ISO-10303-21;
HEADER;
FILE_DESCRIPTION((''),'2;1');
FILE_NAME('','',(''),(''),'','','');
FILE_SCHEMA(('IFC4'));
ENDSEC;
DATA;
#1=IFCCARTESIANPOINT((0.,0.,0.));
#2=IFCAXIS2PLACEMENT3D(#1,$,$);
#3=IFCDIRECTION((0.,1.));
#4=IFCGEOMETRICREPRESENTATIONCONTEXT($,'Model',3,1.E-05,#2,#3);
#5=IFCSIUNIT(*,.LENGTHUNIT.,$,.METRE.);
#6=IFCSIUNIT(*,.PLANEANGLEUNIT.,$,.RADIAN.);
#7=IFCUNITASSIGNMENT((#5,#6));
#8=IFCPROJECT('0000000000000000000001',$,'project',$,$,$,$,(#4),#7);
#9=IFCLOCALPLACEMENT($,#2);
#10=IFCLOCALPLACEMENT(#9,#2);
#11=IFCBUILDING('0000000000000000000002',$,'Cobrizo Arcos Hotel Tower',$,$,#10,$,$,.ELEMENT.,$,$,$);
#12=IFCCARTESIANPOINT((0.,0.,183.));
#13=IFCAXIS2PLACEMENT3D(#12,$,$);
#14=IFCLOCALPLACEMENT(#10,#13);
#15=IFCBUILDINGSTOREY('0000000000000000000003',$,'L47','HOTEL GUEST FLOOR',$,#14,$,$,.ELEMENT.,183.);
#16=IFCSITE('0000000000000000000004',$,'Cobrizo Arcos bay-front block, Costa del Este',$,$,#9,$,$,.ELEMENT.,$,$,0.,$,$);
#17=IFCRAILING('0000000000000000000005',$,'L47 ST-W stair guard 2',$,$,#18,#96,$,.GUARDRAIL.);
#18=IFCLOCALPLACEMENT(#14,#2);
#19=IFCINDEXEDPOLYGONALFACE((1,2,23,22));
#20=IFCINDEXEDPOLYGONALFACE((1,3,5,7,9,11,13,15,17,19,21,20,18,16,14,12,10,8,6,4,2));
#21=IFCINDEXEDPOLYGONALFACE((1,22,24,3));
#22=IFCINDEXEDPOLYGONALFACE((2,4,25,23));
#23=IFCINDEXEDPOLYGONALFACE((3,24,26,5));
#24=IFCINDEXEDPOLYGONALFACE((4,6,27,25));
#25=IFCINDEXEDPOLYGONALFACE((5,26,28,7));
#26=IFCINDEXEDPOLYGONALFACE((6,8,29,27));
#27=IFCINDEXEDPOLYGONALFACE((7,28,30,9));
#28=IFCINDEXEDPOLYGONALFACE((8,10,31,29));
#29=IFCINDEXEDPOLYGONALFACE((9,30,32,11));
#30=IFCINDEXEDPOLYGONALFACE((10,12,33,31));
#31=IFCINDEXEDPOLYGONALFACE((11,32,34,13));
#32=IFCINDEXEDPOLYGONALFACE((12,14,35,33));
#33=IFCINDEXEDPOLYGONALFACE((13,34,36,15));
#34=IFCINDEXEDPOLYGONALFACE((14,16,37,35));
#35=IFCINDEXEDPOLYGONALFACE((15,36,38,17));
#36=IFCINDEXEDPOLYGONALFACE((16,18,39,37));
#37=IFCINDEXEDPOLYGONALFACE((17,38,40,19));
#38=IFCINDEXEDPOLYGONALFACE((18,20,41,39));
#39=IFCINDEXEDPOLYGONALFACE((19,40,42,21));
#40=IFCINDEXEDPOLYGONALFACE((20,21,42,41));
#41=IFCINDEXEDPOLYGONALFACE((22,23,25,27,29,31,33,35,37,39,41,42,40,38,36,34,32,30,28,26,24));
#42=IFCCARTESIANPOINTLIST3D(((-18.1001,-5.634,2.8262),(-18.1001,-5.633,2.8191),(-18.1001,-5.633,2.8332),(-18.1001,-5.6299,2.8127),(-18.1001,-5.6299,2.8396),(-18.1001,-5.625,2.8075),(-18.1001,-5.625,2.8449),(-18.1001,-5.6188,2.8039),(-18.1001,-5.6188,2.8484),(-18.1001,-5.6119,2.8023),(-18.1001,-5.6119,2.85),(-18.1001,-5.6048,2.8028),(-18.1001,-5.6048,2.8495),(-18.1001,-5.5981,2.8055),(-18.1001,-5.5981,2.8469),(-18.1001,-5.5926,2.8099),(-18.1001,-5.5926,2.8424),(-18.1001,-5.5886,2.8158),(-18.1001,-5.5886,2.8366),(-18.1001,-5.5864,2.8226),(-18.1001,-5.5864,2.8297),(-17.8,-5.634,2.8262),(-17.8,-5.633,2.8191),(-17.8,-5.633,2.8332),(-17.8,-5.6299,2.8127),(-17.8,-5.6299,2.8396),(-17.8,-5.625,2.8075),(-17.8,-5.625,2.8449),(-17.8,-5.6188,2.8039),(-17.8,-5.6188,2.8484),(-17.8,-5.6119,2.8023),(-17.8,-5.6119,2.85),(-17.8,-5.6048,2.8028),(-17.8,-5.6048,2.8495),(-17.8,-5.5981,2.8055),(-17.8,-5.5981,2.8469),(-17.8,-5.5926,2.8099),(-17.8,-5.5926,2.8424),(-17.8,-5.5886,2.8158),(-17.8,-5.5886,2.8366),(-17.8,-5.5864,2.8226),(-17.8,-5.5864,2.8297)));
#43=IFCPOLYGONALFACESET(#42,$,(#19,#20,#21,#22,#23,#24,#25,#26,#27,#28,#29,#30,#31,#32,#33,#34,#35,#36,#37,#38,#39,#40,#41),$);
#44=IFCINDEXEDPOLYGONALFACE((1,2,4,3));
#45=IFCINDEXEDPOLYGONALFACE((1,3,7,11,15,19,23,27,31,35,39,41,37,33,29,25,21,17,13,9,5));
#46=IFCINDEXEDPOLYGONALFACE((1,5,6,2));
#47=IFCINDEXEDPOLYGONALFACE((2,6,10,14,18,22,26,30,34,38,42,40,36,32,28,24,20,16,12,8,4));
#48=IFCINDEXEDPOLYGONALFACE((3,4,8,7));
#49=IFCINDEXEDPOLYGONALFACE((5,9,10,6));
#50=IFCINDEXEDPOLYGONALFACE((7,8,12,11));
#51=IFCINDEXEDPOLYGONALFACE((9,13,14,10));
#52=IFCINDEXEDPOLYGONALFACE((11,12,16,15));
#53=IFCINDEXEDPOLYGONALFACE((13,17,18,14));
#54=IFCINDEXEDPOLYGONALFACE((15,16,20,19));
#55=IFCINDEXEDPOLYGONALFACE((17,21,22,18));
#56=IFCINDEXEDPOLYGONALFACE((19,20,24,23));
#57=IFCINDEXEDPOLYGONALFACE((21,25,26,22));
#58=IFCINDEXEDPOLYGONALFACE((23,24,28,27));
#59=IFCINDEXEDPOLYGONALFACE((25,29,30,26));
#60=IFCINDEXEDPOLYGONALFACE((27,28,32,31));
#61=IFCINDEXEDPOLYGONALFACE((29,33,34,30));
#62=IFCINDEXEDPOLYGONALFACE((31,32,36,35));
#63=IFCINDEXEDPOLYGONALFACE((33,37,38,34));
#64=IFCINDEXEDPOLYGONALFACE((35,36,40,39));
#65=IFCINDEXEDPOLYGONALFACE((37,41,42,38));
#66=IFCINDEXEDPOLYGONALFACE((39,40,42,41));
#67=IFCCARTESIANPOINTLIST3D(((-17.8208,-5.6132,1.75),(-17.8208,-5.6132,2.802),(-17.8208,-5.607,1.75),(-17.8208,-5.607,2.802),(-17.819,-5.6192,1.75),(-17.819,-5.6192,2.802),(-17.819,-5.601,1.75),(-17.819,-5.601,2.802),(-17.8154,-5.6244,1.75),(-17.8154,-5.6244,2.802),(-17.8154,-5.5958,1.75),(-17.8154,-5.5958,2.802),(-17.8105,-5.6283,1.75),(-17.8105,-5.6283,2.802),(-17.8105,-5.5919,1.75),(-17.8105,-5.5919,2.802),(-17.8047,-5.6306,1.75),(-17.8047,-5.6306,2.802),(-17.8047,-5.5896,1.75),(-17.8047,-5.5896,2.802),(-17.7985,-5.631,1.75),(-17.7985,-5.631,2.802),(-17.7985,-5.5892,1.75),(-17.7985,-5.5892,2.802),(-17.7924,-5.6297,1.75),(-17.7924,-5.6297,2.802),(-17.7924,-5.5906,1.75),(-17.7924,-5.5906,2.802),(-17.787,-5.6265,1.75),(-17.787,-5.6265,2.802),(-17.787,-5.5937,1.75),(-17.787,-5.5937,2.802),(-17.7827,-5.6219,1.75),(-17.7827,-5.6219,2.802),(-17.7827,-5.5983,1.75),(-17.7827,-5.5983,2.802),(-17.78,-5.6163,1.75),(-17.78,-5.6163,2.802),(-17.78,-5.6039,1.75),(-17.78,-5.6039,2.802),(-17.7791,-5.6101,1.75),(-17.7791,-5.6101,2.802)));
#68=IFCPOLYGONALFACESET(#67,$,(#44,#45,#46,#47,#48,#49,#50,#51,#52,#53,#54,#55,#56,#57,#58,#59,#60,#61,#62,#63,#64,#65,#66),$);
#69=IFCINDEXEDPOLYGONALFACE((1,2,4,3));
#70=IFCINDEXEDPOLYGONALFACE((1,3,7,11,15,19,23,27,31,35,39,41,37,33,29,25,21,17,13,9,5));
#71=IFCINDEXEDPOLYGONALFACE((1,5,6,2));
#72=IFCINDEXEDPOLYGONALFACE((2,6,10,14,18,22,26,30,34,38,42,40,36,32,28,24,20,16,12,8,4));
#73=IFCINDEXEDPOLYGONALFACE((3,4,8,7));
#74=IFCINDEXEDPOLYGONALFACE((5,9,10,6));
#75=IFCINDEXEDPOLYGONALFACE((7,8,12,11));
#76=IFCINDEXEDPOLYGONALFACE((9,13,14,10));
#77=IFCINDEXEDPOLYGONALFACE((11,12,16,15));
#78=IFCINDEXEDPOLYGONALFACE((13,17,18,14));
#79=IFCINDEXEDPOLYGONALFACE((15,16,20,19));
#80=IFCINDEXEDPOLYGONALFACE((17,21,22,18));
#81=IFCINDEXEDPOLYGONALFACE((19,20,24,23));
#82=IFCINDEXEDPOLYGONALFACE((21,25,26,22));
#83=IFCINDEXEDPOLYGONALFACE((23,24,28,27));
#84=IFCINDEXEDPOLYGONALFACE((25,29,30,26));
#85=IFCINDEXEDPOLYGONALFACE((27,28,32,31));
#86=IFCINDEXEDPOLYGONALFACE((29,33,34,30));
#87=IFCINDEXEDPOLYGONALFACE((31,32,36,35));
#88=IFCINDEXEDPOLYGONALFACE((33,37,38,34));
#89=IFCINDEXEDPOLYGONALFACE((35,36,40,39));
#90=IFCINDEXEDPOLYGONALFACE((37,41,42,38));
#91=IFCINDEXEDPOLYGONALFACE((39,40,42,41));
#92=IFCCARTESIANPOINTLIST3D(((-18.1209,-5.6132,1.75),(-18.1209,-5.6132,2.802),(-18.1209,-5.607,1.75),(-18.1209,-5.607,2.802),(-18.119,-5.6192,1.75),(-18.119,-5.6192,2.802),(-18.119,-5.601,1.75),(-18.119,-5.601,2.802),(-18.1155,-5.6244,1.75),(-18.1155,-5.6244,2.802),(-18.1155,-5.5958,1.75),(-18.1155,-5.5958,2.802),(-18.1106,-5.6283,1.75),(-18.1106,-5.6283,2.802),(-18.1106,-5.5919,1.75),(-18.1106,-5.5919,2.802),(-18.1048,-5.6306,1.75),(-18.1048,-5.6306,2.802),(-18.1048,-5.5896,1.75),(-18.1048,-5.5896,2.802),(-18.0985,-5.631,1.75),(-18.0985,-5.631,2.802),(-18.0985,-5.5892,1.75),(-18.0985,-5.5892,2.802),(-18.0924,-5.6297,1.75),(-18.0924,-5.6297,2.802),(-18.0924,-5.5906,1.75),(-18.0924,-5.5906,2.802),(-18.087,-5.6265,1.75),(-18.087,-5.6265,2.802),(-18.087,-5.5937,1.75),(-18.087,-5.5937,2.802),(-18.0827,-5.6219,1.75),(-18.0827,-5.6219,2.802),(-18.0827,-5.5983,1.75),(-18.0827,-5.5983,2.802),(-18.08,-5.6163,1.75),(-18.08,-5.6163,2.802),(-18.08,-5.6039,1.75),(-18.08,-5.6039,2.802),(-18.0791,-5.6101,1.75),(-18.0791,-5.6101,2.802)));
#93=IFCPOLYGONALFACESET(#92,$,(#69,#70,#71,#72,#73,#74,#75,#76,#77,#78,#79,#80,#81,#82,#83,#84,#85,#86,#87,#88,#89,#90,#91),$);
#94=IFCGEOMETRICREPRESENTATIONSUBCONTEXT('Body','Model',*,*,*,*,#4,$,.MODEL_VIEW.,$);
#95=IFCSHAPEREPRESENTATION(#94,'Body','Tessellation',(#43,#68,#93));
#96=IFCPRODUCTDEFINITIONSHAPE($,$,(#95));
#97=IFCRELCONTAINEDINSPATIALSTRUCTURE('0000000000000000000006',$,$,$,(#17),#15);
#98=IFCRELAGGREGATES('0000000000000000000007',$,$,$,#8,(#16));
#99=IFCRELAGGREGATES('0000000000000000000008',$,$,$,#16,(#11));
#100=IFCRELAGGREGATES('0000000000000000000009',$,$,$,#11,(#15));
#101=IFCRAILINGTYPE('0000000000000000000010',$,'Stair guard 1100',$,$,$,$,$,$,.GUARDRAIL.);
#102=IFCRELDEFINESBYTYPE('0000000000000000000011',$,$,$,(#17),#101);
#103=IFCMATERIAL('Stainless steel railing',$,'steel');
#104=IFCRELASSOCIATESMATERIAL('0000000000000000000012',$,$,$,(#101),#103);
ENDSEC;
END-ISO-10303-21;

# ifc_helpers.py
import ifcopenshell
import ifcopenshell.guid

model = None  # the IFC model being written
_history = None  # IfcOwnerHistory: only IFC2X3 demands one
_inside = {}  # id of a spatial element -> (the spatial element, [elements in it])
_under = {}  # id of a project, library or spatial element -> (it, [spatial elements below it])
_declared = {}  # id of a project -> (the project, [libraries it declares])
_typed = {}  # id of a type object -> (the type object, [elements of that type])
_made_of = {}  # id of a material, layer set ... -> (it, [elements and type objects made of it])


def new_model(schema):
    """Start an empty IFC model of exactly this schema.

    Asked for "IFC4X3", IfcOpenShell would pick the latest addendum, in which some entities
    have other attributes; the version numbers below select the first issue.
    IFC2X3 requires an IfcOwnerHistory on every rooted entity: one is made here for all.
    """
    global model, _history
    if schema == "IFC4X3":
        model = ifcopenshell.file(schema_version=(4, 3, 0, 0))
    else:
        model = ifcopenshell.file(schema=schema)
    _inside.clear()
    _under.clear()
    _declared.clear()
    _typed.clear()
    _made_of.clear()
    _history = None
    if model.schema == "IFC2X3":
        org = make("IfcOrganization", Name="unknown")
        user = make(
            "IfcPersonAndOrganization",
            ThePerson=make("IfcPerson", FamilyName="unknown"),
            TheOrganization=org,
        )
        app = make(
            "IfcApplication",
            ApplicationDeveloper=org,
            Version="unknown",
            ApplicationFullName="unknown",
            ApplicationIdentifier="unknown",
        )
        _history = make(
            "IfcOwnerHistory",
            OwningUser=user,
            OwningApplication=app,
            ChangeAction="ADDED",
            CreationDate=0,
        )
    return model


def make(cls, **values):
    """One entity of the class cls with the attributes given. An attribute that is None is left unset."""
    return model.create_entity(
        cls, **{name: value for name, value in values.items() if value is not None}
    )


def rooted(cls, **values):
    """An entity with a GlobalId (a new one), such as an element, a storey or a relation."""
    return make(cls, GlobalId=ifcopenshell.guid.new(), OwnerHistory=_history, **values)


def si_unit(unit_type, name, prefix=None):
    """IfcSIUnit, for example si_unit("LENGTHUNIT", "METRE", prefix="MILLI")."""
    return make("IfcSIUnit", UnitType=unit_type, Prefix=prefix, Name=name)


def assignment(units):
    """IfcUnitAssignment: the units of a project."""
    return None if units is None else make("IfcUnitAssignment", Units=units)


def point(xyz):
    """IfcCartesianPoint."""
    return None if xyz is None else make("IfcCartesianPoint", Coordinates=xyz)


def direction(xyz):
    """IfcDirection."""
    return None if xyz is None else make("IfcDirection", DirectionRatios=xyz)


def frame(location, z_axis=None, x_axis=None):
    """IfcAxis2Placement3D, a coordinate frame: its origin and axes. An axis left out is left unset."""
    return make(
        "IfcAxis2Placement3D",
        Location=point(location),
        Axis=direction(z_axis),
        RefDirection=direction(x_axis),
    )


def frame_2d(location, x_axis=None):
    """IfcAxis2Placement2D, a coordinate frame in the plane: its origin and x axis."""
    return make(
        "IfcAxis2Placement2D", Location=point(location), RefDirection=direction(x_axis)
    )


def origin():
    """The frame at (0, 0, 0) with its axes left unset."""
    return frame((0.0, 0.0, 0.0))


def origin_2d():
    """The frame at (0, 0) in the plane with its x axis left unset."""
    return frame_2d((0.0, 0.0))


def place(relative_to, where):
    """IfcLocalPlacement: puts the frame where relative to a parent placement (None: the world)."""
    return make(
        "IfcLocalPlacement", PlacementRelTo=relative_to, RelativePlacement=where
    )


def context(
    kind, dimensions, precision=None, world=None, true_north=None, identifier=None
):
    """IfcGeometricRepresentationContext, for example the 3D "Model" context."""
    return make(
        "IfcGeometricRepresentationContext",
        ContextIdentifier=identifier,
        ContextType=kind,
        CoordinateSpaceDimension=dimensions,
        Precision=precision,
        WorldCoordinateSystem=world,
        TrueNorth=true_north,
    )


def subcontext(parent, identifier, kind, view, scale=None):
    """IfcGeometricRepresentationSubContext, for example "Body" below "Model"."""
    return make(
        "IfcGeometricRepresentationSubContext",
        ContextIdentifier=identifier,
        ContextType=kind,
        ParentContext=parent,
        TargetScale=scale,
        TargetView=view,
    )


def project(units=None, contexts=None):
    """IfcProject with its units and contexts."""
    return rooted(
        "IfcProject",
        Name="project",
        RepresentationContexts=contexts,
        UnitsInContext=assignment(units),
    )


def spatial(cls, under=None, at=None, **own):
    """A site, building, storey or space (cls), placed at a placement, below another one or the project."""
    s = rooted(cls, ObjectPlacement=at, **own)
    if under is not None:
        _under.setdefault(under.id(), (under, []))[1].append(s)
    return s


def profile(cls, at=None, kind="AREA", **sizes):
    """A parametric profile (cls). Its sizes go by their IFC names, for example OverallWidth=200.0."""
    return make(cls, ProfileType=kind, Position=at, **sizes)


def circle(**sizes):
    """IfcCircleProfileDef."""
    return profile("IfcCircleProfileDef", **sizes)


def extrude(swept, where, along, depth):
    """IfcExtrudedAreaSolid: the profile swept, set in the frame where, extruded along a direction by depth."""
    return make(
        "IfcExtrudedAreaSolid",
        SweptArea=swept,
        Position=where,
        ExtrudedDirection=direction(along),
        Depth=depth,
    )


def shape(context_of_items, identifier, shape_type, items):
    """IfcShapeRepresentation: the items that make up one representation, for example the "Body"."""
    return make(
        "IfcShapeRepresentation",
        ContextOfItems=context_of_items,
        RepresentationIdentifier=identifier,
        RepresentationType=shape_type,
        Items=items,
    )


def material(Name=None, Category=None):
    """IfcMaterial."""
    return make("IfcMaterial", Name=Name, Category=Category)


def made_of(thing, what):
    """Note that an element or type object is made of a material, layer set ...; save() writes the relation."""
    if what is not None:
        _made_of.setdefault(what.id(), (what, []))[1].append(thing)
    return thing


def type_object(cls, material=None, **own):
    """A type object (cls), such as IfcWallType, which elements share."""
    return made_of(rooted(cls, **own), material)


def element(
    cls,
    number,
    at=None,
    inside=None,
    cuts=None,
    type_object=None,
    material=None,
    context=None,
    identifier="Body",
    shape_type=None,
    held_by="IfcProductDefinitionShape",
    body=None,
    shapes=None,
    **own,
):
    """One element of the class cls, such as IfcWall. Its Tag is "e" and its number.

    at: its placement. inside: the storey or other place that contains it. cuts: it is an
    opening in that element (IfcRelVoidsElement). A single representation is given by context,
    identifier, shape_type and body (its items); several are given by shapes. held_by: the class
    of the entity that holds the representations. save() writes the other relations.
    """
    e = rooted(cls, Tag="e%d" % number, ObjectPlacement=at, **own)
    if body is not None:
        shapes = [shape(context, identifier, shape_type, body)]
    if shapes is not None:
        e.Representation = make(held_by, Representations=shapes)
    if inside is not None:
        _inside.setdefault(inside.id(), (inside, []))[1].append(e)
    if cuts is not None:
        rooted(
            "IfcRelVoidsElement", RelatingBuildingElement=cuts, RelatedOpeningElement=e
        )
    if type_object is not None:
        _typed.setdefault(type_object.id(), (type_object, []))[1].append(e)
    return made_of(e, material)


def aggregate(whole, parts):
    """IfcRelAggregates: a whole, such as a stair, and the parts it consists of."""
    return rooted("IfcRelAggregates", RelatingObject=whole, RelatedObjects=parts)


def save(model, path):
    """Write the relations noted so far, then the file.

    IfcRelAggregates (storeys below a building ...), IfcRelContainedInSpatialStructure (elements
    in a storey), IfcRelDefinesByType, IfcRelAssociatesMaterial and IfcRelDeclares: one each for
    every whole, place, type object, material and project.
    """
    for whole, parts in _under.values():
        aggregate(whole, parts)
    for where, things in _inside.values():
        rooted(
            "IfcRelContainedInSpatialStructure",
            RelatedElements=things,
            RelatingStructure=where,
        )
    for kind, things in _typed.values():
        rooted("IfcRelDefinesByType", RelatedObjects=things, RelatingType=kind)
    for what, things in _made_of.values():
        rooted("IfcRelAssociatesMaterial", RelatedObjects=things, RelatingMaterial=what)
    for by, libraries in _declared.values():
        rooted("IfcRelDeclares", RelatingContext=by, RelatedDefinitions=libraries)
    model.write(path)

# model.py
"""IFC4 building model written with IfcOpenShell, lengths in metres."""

from ifc_helpers import new_model, si_unit, direction, frame, origin, origin_2d, place, context, subcontext, project, spatial, circle, extrude, material, type_object, element, save


model = new_model("IFC4")

# Units and contexts
model_context = context("Model", 3, precision=1e-05, world=origin(), true_north=direction((0.0, 1.0)))
body_context = subcontext(model_context, "Body", "Model", "MODEL_VIEW")
ifc_project = project(units=[si_unit("LENGTHUNIT", "METRE"), si_unit("PLANEANGLEUNIT", "RADIAN")], contexts=[model_context])

# Site, building, storey
site_placement = place(None, origin())
site = spatial("IfcSite", under=ifc_project, at=site_placement, Name="Cobrizo Arcos bay-front block, Costa del Este", CompositionType="ELEMENT", RefElevation=0.0)
building_placement = place(site_placement, origin())
building = spatial("IfcBuilding", under=site, at=building_placement, Name="Cobrizo Arcos Hotel Tower", CompositionType="ELEMENT")
storey_placement = place(building_placement, frame((0.0, 0.0, 183.0)))
storey = spatial("IfcBuildingStorey", under=building, at=storey_placement, Name="L47", Description="HOTEL GUEST FLOOR", CompositionType="ELEMENT", Elevation=183.0)

# Railing
ifc_material_1 = material(Name="Stainless steel railing", Category="steel")
railing_type_1 = type_object("IfcRailingType", Name="Stair guard 1100", PredefinedType="GUARDRAIL", material=ifc_material_1)
railing_1_placement = place(storey_placement, frame((-17.8, -5.6101, 1.75)))
element("IfcRailing", 1, at=railing_1_placement, inside=storey, type_object=railing_type_1, Name="L47 ST-W stair guard 2", PredefinedType="GUARDRAIL", context=body_context, shape_type="SweptSolid", body=[
    extrude(circle(Radius=0.0239, at=origin_2d()), frame((0.0, 0.0, 1.0762), z_axis=(-1.0, 0.0, 0.0), x_axis=(0.0, -1.0, 0.0)), (0.0, 0.0, 1.0), 0.3),
    extrude(circle(Radius=0.021, at=origin_2d()), origin(), (0.0, 0.0, 1.0), 1.052),
    extrude(circle(Radius=0.021, at=origin_2d()), frame((-0.3, 0.0, 0.0)), (0.0, 0.0, 1.0), 1.052),
])

save(model, "model.ifc")
